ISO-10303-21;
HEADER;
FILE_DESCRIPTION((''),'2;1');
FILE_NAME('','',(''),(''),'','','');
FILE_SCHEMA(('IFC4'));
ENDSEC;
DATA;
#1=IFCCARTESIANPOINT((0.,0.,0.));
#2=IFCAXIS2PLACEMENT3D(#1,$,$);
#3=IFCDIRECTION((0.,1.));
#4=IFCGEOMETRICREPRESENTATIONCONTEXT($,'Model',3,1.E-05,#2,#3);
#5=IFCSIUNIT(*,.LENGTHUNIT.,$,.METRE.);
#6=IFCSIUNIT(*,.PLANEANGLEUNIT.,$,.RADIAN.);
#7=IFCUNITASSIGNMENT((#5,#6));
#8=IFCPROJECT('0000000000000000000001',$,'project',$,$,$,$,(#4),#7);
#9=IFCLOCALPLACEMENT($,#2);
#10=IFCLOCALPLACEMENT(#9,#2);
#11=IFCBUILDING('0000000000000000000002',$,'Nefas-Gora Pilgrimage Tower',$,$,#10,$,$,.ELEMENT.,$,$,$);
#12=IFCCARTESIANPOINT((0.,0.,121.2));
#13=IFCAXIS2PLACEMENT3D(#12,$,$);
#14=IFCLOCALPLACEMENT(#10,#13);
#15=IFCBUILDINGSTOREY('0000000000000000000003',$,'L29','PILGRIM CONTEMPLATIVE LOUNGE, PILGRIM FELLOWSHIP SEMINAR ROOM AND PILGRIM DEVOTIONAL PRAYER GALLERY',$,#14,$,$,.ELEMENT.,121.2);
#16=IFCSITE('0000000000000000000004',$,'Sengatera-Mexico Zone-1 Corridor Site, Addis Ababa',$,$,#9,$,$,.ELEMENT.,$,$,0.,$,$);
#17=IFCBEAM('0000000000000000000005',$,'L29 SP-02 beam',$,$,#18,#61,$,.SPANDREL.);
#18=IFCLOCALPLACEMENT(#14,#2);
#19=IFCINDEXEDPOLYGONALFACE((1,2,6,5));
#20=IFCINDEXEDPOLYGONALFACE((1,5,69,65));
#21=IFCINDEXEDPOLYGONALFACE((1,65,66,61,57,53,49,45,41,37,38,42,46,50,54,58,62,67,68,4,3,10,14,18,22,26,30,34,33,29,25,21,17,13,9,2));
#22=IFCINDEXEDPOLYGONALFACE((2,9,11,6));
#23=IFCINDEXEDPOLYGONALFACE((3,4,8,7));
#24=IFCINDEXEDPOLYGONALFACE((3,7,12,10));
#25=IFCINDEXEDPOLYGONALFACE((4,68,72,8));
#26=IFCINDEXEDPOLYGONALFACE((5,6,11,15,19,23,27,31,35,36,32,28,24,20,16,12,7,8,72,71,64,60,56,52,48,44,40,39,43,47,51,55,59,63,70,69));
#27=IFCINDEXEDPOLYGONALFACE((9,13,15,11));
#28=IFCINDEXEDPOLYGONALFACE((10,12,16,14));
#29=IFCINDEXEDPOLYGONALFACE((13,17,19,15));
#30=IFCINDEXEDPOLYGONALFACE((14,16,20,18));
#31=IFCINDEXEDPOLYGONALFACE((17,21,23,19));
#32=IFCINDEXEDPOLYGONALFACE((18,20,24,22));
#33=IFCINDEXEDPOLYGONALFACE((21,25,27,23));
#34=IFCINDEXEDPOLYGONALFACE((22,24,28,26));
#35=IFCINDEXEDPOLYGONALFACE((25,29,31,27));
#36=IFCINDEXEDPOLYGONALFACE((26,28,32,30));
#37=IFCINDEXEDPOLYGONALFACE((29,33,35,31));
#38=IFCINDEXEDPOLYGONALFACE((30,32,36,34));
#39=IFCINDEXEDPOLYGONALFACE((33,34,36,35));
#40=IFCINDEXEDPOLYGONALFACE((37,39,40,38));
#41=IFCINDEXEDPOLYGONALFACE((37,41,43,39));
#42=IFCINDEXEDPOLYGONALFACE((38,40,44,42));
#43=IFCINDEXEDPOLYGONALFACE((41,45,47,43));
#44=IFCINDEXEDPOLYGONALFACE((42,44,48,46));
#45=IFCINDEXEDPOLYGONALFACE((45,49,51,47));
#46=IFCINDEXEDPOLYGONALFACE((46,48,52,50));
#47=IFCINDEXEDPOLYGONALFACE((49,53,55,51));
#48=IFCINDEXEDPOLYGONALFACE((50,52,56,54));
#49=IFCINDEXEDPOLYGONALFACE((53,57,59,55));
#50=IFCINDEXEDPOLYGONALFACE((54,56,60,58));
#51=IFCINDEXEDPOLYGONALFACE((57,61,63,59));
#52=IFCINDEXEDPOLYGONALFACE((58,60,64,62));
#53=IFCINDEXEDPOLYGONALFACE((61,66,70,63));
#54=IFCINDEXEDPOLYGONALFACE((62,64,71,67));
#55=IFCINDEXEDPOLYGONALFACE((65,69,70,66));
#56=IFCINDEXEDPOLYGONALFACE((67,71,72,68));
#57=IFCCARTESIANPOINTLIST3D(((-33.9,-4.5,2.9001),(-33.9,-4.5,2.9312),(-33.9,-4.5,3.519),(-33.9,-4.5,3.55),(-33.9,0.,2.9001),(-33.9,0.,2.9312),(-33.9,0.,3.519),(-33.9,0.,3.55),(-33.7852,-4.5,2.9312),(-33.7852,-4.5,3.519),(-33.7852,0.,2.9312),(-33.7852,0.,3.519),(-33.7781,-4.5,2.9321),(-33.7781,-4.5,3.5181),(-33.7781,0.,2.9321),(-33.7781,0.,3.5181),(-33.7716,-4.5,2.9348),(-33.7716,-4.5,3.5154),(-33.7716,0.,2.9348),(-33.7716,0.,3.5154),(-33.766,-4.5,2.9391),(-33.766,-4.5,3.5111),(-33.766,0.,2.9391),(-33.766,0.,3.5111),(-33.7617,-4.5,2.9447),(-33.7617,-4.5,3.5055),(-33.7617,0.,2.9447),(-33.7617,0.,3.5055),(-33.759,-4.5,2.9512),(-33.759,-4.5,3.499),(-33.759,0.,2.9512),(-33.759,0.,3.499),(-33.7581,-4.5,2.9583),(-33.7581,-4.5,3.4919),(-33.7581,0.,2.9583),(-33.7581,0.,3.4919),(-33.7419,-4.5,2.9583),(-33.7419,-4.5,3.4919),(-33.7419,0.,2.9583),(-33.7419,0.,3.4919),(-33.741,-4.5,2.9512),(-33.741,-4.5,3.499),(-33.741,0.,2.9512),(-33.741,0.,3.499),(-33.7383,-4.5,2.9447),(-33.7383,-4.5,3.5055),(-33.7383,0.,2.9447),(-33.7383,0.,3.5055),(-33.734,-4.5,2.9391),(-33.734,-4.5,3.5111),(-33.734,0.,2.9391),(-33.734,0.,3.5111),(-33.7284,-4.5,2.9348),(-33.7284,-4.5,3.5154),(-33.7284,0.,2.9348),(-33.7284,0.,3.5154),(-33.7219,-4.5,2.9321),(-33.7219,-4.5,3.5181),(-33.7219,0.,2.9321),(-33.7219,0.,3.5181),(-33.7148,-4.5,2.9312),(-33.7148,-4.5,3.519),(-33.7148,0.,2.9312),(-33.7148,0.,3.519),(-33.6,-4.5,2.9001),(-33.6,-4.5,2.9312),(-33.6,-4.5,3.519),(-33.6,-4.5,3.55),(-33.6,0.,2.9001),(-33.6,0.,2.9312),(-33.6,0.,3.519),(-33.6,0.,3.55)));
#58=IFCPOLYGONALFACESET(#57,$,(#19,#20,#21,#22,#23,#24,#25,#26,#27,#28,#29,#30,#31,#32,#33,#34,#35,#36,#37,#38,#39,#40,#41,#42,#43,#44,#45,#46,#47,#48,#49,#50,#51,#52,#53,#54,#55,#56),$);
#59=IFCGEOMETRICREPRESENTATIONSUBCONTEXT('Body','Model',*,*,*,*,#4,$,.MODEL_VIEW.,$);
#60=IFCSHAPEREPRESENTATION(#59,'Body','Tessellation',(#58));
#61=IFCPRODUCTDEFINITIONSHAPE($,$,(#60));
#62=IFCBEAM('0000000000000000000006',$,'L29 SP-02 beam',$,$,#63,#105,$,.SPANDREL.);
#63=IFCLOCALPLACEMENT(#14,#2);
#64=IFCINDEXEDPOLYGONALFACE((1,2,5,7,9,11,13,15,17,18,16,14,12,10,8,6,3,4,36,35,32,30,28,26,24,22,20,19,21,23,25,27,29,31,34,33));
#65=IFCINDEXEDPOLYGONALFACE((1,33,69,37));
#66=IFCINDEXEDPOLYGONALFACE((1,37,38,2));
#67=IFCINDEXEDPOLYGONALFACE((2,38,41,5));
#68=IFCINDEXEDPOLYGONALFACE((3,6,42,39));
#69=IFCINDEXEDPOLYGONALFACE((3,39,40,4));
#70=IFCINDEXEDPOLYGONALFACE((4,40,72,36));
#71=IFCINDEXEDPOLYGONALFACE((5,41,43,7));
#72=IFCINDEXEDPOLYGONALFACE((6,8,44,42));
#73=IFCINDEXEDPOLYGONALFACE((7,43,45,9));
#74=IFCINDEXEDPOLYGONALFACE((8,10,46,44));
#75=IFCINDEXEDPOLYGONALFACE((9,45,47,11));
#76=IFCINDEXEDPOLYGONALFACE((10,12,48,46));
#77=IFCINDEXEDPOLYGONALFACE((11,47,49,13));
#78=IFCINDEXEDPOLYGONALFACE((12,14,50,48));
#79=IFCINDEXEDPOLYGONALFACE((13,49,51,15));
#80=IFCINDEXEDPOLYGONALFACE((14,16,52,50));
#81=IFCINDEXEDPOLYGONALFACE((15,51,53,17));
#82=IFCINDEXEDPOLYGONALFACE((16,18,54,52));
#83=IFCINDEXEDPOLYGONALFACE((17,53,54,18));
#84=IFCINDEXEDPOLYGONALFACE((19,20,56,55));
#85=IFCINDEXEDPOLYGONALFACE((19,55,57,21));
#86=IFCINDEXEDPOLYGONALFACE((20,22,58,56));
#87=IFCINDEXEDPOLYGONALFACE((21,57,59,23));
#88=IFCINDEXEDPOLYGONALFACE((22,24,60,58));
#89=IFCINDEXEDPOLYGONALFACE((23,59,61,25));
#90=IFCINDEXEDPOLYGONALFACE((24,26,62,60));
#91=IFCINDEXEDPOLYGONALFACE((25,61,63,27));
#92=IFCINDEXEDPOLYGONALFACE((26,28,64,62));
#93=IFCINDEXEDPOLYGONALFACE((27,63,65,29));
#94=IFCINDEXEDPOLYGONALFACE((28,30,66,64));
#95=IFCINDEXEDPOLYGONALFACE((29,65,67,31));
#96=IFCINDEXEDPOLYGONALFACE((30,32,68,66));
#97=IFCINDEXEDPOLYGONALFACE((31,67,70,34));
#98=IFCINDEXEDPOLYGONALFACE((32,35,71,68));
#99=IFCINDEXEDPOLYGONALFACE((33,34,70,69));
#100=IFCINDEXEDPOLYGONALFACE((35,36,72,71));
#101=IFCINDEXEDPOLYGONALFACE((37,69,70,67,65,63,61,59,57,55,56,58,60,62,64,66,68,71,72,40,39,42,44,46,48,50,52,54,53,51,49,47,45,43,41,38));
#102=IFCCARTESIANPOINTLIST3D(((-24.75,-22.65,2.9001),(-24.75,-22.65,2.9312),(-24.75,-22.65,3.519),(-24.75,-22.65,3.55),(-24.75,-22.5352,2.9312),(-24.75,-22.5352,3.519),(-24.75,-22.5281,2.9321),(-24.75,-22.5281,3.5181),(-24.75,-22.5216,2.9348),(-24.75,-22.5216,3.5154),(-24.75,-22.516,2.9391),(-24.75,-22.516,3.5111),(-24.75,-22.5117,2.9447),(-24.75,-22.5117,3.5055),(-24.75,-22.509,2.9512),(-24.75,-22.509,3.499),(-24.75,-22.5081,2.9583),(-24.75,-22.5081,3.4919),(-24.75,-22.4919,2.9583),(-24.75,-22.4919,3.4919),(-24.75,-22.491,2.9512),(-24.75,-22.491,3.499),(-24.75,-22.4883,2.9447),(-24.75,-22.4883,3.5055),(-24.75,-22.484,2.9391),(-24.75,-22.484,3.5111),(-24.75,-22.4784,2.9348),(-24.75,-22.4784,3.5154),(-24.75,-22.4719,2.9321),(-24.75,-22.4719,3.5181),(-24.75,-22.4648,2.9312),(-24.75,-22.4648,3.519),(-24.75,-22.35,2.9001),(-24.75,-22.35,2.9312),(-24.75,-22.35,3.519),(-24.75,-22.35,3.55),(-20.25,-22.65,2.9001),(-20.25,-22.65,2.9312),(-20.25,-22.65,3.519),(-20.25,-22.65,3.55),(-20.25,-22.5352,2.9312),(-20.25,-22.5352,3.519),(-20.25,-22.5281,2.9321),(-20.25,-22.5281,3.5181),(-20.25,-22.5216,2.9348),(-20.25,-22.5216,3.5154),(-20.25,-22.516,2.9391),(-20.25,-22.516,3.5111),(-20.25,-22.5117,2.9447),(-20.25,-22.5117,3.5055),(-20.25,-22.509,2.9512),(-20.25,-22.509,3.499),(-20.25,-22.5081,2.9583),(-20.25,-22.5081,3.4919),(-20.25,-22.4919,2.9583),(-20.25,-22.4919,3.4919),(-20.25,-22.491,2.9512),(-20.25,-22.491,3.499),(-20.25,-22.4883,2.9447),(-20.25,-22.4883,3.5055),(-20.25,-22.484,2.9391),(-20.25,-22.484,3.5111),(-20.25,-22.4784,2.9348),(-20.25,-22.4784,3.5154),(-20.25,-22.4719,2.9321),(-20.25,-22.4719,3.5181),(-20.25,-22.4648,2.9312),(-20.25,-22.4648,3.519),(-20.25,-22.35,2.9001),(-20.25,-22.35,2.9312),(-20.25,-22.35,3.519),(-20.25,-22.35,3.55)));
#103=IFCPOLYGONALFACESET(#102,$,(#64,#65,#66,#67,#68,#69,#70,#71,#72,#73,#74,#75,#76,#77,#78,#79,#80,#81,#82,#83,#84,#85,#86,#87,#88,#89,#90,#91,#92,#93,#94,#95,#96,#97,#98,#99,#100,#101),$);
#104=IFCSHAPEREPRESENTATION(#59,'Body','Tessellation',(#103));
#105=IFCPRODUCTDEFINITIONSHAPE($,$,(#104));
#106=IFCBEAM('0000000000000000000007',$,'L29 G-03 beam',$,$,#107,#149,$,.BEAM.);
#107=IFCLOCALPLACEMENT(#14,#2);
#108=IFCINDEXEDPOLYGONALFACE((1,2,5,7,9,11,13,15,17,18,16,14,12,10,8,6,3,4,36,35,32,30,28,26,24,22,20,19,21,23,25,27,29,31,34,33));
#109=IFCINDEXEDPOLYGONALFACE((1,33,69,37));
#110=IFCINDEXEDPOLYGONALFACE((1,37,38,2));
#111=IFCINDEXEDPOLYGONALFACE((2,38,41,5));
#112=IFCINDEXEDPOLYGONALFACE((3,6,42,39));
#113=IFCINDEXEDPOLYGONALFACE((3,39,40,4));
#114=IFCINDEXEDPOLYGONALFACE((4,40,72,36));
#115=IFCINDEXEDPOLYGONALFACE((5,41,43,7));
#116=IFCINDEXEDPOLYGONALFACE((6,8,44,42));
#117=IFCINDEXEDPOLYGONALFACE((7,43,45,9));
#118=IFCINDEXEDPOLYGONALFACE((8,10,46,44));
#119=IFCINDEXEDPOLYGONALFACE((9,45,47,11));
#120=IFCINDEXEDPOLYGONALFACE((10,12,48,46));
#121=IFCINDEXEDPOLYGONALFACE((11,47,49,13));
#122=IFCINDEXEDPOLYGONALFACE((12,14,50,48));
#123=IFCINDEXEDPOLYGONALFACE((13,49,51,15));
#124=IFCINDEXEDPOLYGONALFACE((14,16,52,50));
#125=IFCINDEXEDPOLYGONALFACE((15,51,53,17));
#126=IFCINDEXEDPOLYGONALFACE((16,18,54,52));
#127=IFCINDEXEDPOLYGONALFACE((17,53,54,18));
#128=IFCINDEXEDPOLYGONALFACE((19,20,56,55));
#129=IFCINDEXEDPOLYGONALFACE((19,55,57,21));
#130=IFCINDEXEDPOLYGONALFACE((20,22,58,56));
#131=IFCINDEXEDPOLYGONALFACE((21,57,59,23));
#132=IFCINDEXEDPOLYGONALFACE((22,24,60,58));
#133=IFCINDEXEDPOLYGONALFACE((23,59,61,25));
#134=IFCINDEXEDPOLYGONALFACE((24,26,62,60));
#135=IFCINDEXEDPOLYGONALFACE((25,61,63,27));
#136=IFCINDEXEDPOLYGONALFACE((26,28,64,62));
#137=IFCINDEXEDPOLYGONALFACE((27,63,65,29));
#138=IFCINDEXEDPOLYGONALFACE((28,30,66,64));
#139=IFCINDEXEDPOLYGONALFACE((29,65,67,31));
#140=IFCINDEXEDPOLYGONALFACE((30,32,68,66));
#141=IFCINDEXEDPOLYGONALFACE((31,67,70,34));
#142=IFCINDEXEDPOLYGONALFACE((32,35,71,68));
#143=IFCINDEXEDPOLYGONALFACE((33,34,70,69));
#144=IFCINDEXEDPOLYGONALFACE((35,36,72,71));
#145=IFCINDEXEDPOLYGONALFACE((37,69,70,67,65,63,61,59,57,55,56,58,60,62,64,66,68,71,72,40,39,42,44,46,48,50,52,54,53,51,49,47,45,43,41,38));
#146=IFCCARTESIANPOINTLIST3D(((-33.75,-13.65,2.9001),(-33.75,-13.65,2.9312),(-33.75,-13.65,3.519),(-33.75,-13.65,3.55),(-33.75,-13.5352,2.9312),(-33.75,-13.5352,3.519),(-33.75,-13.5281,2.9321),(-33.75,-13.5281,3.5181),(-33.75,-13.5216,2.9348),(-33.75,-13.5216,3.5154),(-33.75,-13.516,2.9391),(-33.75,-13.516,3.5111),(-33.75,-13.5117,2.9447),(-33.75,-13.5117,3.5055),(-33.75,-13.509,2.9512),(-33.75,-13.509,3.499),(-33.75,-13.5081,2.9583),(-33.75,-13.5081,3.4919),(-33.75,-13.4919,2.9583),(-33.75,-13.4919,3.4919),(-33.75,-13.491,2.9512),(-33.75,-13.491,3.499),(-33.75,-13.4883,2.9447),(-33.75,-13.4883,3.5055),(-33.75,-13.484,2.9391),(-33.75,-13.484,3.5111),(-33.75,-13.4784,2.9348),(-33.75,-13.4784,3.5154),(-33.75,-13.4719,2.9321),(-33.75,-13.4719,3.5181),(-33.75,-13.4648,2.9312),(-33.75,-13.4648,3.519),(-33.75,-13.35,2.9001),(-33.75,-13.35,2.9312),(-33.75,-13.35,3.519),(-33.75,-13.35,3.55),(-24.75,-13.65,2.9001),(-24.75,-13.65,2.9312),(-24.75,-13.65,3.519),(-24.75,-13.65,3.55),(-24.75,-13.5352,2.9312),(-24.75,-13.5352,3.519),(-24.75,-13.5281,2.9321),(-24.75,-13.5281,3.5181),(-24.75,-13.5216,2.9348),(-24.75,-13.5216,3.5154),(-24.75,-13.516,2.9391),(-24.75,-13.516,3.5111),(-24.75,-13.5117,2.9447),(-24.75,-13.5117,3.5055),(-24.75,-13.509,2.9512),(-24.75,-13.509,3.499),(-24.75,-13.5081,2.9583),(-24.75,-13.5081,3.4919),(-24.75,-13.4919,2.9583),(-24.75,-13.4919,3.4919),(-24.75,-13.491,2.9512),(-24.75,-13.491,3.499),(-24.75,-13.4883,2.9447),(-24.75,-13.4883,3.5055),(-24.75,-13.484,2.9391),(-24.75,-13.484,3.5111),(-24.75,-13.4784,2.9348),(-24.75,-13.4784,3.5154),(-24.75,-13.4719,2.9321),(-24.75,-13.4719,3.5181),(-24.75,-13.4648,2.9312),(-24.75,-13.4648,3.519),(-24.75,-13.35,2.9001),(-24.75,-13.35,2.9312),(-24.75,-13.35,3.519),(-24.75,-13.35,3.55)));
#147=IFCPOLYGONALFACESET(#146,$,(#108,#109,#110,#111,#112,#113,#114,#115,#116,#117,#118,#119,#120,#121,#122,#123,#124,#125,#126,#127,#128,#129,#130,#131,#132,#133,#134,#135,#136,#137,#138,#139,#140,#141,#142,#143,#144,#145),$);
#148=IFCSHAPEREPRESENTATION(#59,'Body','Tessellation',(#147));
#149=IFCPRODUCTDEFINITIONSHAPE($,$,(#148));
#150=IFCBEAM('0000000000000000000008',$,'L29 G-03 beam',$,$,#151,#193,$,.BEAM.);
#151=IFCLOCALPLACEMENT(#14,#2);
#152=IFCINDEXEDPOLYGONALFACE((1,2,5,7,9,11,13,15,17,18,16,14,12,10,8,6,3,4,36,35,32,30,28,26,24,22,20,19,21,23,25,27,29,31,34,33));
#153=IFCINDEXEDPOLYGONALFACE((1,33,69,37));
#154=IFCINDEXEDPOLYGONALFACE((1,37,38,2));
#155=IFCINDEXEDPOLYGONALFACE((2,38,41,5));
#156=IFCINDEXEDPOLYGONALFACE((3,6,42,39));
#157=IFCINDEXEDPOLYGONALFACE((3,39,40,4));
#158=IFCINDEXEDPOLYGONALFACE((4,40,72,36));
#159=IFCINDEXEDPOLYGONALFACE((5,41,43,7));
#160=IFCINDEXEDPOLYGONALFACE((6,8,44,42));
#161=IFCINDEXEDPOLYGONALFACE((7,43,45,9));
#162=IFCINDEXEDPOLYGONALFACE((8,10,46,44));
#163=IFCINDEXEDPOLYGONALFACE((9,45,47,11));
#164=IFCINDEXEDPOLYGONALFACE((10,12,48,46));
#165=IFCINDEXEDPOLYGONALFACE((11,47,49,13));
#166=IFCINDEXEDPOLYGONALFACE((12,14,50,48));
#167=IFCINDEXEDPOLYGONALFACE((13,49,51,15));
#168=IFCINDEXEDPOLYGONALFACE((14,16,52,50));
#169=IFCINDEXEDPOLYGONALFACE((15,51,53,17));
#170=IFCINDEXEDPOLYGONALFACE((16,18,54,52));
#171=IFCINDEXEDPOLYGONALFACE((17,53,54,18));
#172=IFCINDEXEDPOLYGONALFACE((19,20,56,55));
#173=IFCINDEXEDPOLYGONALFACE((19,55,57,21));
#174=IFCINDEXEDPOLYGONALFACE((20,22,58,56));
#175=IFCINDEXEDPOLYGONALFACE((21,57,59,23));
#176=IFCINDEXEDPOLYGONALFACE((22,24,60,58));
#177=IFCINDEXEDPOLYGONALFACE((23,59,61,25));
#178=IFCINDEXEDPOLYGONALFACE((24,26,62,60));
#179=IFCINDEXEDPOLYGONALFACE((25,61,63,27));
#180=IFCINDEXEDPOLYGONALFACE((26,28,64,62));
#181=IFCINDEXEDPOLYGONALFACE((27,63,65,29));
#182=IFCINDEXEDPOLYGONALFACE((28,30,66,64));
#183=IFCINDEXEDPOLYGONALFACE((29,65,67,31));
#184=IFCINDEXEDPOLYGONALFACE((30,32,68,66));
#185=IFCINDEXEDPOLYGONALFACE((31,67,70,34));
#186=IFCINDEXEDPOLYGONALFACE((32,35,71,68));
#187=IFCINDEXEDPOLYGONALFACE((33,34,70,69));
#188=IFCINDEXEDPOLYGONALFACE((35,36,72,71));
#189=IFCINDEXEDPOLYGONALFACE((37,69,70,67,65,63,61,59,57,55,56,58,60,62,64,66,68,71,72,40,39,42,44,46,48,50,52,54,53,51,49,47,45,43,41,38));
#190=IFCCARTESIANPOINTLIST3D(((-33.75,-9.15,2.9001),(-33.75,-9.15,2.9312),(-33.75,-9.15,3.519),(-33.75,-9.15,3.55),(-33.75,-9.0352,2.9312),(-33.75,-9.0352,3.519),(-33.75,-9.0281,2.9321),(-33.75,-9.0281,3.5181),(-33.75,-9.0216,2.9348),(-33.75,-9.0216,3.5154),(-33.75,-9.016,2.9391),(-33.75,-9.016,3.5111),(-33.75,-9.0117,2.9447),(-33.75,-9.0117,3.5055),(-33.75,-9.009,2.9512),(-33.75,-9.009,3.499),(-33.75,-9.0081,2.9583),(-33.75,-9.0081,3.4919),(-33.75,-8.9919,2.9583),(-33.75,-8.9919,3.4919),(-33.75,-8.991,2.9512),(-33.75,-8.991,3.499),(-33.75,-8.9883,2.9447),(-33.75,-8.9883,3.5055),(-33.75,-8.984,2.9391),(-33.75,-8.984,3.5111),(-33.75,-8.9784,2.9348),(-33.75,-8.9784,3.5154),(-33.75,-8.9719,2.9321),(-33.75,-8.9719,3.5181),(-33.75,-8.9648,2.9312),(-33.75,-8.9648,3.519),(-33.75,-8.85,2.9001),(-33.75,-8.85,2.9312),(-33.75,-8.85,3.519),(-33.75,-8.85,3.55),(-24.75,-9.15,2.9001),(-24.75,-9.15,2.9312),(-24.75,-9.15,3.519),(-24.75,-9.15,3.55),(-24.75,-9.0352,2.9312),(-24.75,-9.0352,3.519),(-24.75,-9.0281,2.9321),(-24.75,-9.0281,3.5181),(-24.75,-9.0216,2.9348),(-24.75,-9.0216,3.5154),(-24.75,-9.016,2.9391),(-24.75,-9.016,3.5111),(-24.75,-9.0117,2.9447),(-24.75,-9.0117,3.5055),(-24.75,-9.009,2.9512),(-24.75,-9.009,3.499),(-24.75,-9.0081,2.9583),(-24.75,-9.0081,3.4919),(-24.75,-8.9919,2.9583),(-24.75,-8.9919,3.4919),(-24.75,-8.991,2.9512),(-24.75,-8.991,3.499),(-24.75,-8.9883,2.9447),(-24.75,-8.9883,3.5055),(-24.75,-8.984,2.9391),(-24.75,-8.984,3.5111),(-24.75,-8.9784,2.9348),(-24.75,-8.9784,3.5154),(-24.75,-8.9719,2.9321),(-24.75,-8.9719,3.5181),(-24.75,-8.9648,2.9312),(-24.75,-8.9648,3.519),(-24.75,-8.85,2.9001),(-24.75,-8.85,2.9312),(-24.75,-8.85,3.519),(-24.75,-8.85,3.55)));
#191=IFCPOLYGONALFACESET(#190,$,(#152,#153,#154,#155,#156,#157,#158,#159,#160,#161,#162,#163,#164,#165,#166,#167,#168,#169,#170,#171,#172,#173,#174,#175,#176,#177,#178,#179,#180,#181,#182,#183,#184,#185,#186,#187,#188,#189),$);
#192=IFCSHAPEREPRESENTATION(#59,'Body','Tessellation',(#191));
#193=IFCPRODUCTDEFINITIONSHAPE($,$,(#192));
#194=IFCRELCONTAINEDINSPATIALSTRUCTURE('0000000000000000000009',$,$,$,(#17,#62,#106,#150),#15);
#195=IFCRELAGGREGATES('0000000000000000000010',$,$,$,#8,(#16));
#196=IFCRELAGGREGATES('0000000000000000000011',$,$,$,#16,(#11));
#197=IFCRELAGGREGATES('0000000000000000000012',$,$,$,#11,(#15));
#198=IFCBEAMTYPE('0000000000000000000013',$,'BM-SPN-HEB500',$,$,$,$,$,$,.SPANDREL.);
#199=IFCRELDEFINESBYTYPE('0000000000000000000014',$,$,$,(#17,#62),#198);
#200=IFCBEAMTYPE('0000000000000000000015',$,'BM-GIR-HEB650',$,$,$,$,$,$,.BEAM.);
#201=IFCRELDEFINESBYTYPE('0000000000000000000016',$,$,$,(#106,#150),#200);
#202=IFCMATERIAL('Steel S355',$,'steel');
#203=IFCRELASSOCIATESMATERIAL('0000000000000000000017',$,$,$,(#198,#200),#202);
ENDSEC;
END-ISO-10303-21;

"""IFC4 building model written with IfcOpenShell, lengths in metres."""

from ifc_helpers import new_model, si_unit, direction, frame, origin, origin_2d, place, context, subcontext, project, spatial, i_section, extrude, source, transform, mapped, material, material_profile, profile_set, type_object, element, save


model = new_model("IFC4")

# Units and contexts
model_context = context("Model", 3, precision=1e-05, world=origin(), true_north=direction((0.0, 1.0)))
body_context = subcontext(model_context, "Body", "Model", "MODEL_VIEW")
ifc_project = project(units=[si_unit("LENGTHUNIT", "METRE"), si_unit("PLANEANGLEUNIT", "RADIAN")], contexts=[model_context])

# Site, building, storey
site_placement = place(None, origin())
site = spatial("IfcSite", under=ifc_project, at=site_placement, Name="Sengatera-Mexico Zone-1 Corridor Site, Addis Ababa", CompositionType="ELEMENT", RefElevation=0.0)
building_placement = place(site_placement, origin())
building = spatial("IfcBuilding", under=site, at=building_placement, Name="Nefas-Gora Pilgrimage Tower", CompositionType="ELEMENT")
storey_placement = place(building_placement, frame((0.0, 0.0, 121.2)))
storey = spatial("IfcBuildingStorey", under=building, at=storey_placement, Name="L29", Description="PILGRIM CONTEMPLATIVE LOUNGE, PILGRIM FELLOWSHIP SEMINAR ROOM AND PILGRIM DEVOTIONAL PRAYER GALLERY", CompositionType="ELEMENT", Elevation=121.2)

# Beams
ifc_material_1 = material(Name="Steel S355", Category="steel")
ifc_material_profile_1 = material_profile(ifc_material_1, i_section(OverallWidth=0.3, OverallDepth=0.6499, WebThickness=0.0161, FlangeThickness=0.031, FilletRadius=0.0271, at=origin_2d()), Name="HEB 650")
ifc_profile_set_1 = profile_set([ifc_material_profile_1], Name="Steel S355")
beam_type_1 = type_object("IfcBeamType", Name="BM-SPN-HEB500", PredefinedType="SPANDREL", material=ifc_profile_set_1)
shared_shape_1 = source(origin(), body_context, "Body", "SweptSolid", [
    extrude(i_section(OverallWidth=0.3, OverallDepth=0.6499, WebThickness=0.0161, FlangeThickness=0.031, FilletRadius=0.0271, at=origin_2d()), origin(), (0.0, 0.0, 1.0), 4.5),
])
for number, where, z_axis, x_axis, name in (
    (1, (-33.75, -4.5, 3.2251), (0.0, 1.0, 0.0), (-1.0, 0.0, 0.0), "L29 SP-02 beam"),
    (2, (-24.75, -22.5, 3.2251), (1.0, 0.0, 0.0), (0.0, 1.0, 0.0), "L29 SP-02 beam"),
):
    element("IfcBeam", number, at=place(storey_placement, frame(where, z_axis=z_axis, x_axis=x_axis)), inside=storey, type_object=beam_type_1, Name=name, PredefinedType="SPANDREL", context=body_context, shape_type="MappedRepresentation", body=[
        mapped(shared_shape_1, transform((0.0, 0.0, 0.0), x_axis=(1.0, 0.0, 0.0), y_axis=(0.0, 1.0, 0.0), z_axis=(0.0, 0.0, 1.0), scale=1.0)),
    ])
ifc_material_profile_2 = material_profile(ifc_material_1, i_section(OverallWidth=0.3, OverallDepth=0.6499, WebThickness=0.0161, FlangeThickness=0.031, FilletRadius=0.0271, at=origin_2d()), Name="HEB 650")
ifc_profile_set_2 = profile_set([ifc_material_profile_2], Name="Steel S355")
beam_type_2 = type_object("IfcBeamType", Name="BM-GIR-HEB650", PredefinedType="BEAM", material=ifc_profile_set_2)
shared_shape_2 = source(origin(), body_context, "Body", "SweptSolid", [
    extrude(i_section(OverallWidth=0.3, OverallDepth=0.6499, WebThickness=0.0161, FlangeThickness=0.031, FilletRadius=0.0271, at=origin_2d()), origin(), (0.0, 0.0, 1.0), 9.0),
])
for number, where, z_axis, x_axis, name in (
    (3, (-33.75, -13.5, 3.2251), (1.0, 0.0, 0.0), (0.0, 1.0, 0.0), "L29 G-03 beam"),
    (4, (-33.75, -9.0, 3.2251), (1.0, 0.0, 0.0), (0.0, 1.0, 0.0), "L29 G-03 beam"),
):
    element("IfcBeam", number, at=place(storey_placement, frame(where, z_axis=z_axis, x_axis=x_axis)), inside=storey, type_object=beam_type_2, Name=name, PredefinedType="BEAM", context=body_context, shape_type="MappedRepresentation", body=[
        mapped(shared_shape_2, transform((0.0, 0.0, 0.0), x_axis=(1.0, 0.0, 0.0), y_axis=(0.0, 1.0, 0.0), z_axis=(0.0, 0.0, 1.0), scale=1.0)),
    ])

save(model, "model.ifc")
